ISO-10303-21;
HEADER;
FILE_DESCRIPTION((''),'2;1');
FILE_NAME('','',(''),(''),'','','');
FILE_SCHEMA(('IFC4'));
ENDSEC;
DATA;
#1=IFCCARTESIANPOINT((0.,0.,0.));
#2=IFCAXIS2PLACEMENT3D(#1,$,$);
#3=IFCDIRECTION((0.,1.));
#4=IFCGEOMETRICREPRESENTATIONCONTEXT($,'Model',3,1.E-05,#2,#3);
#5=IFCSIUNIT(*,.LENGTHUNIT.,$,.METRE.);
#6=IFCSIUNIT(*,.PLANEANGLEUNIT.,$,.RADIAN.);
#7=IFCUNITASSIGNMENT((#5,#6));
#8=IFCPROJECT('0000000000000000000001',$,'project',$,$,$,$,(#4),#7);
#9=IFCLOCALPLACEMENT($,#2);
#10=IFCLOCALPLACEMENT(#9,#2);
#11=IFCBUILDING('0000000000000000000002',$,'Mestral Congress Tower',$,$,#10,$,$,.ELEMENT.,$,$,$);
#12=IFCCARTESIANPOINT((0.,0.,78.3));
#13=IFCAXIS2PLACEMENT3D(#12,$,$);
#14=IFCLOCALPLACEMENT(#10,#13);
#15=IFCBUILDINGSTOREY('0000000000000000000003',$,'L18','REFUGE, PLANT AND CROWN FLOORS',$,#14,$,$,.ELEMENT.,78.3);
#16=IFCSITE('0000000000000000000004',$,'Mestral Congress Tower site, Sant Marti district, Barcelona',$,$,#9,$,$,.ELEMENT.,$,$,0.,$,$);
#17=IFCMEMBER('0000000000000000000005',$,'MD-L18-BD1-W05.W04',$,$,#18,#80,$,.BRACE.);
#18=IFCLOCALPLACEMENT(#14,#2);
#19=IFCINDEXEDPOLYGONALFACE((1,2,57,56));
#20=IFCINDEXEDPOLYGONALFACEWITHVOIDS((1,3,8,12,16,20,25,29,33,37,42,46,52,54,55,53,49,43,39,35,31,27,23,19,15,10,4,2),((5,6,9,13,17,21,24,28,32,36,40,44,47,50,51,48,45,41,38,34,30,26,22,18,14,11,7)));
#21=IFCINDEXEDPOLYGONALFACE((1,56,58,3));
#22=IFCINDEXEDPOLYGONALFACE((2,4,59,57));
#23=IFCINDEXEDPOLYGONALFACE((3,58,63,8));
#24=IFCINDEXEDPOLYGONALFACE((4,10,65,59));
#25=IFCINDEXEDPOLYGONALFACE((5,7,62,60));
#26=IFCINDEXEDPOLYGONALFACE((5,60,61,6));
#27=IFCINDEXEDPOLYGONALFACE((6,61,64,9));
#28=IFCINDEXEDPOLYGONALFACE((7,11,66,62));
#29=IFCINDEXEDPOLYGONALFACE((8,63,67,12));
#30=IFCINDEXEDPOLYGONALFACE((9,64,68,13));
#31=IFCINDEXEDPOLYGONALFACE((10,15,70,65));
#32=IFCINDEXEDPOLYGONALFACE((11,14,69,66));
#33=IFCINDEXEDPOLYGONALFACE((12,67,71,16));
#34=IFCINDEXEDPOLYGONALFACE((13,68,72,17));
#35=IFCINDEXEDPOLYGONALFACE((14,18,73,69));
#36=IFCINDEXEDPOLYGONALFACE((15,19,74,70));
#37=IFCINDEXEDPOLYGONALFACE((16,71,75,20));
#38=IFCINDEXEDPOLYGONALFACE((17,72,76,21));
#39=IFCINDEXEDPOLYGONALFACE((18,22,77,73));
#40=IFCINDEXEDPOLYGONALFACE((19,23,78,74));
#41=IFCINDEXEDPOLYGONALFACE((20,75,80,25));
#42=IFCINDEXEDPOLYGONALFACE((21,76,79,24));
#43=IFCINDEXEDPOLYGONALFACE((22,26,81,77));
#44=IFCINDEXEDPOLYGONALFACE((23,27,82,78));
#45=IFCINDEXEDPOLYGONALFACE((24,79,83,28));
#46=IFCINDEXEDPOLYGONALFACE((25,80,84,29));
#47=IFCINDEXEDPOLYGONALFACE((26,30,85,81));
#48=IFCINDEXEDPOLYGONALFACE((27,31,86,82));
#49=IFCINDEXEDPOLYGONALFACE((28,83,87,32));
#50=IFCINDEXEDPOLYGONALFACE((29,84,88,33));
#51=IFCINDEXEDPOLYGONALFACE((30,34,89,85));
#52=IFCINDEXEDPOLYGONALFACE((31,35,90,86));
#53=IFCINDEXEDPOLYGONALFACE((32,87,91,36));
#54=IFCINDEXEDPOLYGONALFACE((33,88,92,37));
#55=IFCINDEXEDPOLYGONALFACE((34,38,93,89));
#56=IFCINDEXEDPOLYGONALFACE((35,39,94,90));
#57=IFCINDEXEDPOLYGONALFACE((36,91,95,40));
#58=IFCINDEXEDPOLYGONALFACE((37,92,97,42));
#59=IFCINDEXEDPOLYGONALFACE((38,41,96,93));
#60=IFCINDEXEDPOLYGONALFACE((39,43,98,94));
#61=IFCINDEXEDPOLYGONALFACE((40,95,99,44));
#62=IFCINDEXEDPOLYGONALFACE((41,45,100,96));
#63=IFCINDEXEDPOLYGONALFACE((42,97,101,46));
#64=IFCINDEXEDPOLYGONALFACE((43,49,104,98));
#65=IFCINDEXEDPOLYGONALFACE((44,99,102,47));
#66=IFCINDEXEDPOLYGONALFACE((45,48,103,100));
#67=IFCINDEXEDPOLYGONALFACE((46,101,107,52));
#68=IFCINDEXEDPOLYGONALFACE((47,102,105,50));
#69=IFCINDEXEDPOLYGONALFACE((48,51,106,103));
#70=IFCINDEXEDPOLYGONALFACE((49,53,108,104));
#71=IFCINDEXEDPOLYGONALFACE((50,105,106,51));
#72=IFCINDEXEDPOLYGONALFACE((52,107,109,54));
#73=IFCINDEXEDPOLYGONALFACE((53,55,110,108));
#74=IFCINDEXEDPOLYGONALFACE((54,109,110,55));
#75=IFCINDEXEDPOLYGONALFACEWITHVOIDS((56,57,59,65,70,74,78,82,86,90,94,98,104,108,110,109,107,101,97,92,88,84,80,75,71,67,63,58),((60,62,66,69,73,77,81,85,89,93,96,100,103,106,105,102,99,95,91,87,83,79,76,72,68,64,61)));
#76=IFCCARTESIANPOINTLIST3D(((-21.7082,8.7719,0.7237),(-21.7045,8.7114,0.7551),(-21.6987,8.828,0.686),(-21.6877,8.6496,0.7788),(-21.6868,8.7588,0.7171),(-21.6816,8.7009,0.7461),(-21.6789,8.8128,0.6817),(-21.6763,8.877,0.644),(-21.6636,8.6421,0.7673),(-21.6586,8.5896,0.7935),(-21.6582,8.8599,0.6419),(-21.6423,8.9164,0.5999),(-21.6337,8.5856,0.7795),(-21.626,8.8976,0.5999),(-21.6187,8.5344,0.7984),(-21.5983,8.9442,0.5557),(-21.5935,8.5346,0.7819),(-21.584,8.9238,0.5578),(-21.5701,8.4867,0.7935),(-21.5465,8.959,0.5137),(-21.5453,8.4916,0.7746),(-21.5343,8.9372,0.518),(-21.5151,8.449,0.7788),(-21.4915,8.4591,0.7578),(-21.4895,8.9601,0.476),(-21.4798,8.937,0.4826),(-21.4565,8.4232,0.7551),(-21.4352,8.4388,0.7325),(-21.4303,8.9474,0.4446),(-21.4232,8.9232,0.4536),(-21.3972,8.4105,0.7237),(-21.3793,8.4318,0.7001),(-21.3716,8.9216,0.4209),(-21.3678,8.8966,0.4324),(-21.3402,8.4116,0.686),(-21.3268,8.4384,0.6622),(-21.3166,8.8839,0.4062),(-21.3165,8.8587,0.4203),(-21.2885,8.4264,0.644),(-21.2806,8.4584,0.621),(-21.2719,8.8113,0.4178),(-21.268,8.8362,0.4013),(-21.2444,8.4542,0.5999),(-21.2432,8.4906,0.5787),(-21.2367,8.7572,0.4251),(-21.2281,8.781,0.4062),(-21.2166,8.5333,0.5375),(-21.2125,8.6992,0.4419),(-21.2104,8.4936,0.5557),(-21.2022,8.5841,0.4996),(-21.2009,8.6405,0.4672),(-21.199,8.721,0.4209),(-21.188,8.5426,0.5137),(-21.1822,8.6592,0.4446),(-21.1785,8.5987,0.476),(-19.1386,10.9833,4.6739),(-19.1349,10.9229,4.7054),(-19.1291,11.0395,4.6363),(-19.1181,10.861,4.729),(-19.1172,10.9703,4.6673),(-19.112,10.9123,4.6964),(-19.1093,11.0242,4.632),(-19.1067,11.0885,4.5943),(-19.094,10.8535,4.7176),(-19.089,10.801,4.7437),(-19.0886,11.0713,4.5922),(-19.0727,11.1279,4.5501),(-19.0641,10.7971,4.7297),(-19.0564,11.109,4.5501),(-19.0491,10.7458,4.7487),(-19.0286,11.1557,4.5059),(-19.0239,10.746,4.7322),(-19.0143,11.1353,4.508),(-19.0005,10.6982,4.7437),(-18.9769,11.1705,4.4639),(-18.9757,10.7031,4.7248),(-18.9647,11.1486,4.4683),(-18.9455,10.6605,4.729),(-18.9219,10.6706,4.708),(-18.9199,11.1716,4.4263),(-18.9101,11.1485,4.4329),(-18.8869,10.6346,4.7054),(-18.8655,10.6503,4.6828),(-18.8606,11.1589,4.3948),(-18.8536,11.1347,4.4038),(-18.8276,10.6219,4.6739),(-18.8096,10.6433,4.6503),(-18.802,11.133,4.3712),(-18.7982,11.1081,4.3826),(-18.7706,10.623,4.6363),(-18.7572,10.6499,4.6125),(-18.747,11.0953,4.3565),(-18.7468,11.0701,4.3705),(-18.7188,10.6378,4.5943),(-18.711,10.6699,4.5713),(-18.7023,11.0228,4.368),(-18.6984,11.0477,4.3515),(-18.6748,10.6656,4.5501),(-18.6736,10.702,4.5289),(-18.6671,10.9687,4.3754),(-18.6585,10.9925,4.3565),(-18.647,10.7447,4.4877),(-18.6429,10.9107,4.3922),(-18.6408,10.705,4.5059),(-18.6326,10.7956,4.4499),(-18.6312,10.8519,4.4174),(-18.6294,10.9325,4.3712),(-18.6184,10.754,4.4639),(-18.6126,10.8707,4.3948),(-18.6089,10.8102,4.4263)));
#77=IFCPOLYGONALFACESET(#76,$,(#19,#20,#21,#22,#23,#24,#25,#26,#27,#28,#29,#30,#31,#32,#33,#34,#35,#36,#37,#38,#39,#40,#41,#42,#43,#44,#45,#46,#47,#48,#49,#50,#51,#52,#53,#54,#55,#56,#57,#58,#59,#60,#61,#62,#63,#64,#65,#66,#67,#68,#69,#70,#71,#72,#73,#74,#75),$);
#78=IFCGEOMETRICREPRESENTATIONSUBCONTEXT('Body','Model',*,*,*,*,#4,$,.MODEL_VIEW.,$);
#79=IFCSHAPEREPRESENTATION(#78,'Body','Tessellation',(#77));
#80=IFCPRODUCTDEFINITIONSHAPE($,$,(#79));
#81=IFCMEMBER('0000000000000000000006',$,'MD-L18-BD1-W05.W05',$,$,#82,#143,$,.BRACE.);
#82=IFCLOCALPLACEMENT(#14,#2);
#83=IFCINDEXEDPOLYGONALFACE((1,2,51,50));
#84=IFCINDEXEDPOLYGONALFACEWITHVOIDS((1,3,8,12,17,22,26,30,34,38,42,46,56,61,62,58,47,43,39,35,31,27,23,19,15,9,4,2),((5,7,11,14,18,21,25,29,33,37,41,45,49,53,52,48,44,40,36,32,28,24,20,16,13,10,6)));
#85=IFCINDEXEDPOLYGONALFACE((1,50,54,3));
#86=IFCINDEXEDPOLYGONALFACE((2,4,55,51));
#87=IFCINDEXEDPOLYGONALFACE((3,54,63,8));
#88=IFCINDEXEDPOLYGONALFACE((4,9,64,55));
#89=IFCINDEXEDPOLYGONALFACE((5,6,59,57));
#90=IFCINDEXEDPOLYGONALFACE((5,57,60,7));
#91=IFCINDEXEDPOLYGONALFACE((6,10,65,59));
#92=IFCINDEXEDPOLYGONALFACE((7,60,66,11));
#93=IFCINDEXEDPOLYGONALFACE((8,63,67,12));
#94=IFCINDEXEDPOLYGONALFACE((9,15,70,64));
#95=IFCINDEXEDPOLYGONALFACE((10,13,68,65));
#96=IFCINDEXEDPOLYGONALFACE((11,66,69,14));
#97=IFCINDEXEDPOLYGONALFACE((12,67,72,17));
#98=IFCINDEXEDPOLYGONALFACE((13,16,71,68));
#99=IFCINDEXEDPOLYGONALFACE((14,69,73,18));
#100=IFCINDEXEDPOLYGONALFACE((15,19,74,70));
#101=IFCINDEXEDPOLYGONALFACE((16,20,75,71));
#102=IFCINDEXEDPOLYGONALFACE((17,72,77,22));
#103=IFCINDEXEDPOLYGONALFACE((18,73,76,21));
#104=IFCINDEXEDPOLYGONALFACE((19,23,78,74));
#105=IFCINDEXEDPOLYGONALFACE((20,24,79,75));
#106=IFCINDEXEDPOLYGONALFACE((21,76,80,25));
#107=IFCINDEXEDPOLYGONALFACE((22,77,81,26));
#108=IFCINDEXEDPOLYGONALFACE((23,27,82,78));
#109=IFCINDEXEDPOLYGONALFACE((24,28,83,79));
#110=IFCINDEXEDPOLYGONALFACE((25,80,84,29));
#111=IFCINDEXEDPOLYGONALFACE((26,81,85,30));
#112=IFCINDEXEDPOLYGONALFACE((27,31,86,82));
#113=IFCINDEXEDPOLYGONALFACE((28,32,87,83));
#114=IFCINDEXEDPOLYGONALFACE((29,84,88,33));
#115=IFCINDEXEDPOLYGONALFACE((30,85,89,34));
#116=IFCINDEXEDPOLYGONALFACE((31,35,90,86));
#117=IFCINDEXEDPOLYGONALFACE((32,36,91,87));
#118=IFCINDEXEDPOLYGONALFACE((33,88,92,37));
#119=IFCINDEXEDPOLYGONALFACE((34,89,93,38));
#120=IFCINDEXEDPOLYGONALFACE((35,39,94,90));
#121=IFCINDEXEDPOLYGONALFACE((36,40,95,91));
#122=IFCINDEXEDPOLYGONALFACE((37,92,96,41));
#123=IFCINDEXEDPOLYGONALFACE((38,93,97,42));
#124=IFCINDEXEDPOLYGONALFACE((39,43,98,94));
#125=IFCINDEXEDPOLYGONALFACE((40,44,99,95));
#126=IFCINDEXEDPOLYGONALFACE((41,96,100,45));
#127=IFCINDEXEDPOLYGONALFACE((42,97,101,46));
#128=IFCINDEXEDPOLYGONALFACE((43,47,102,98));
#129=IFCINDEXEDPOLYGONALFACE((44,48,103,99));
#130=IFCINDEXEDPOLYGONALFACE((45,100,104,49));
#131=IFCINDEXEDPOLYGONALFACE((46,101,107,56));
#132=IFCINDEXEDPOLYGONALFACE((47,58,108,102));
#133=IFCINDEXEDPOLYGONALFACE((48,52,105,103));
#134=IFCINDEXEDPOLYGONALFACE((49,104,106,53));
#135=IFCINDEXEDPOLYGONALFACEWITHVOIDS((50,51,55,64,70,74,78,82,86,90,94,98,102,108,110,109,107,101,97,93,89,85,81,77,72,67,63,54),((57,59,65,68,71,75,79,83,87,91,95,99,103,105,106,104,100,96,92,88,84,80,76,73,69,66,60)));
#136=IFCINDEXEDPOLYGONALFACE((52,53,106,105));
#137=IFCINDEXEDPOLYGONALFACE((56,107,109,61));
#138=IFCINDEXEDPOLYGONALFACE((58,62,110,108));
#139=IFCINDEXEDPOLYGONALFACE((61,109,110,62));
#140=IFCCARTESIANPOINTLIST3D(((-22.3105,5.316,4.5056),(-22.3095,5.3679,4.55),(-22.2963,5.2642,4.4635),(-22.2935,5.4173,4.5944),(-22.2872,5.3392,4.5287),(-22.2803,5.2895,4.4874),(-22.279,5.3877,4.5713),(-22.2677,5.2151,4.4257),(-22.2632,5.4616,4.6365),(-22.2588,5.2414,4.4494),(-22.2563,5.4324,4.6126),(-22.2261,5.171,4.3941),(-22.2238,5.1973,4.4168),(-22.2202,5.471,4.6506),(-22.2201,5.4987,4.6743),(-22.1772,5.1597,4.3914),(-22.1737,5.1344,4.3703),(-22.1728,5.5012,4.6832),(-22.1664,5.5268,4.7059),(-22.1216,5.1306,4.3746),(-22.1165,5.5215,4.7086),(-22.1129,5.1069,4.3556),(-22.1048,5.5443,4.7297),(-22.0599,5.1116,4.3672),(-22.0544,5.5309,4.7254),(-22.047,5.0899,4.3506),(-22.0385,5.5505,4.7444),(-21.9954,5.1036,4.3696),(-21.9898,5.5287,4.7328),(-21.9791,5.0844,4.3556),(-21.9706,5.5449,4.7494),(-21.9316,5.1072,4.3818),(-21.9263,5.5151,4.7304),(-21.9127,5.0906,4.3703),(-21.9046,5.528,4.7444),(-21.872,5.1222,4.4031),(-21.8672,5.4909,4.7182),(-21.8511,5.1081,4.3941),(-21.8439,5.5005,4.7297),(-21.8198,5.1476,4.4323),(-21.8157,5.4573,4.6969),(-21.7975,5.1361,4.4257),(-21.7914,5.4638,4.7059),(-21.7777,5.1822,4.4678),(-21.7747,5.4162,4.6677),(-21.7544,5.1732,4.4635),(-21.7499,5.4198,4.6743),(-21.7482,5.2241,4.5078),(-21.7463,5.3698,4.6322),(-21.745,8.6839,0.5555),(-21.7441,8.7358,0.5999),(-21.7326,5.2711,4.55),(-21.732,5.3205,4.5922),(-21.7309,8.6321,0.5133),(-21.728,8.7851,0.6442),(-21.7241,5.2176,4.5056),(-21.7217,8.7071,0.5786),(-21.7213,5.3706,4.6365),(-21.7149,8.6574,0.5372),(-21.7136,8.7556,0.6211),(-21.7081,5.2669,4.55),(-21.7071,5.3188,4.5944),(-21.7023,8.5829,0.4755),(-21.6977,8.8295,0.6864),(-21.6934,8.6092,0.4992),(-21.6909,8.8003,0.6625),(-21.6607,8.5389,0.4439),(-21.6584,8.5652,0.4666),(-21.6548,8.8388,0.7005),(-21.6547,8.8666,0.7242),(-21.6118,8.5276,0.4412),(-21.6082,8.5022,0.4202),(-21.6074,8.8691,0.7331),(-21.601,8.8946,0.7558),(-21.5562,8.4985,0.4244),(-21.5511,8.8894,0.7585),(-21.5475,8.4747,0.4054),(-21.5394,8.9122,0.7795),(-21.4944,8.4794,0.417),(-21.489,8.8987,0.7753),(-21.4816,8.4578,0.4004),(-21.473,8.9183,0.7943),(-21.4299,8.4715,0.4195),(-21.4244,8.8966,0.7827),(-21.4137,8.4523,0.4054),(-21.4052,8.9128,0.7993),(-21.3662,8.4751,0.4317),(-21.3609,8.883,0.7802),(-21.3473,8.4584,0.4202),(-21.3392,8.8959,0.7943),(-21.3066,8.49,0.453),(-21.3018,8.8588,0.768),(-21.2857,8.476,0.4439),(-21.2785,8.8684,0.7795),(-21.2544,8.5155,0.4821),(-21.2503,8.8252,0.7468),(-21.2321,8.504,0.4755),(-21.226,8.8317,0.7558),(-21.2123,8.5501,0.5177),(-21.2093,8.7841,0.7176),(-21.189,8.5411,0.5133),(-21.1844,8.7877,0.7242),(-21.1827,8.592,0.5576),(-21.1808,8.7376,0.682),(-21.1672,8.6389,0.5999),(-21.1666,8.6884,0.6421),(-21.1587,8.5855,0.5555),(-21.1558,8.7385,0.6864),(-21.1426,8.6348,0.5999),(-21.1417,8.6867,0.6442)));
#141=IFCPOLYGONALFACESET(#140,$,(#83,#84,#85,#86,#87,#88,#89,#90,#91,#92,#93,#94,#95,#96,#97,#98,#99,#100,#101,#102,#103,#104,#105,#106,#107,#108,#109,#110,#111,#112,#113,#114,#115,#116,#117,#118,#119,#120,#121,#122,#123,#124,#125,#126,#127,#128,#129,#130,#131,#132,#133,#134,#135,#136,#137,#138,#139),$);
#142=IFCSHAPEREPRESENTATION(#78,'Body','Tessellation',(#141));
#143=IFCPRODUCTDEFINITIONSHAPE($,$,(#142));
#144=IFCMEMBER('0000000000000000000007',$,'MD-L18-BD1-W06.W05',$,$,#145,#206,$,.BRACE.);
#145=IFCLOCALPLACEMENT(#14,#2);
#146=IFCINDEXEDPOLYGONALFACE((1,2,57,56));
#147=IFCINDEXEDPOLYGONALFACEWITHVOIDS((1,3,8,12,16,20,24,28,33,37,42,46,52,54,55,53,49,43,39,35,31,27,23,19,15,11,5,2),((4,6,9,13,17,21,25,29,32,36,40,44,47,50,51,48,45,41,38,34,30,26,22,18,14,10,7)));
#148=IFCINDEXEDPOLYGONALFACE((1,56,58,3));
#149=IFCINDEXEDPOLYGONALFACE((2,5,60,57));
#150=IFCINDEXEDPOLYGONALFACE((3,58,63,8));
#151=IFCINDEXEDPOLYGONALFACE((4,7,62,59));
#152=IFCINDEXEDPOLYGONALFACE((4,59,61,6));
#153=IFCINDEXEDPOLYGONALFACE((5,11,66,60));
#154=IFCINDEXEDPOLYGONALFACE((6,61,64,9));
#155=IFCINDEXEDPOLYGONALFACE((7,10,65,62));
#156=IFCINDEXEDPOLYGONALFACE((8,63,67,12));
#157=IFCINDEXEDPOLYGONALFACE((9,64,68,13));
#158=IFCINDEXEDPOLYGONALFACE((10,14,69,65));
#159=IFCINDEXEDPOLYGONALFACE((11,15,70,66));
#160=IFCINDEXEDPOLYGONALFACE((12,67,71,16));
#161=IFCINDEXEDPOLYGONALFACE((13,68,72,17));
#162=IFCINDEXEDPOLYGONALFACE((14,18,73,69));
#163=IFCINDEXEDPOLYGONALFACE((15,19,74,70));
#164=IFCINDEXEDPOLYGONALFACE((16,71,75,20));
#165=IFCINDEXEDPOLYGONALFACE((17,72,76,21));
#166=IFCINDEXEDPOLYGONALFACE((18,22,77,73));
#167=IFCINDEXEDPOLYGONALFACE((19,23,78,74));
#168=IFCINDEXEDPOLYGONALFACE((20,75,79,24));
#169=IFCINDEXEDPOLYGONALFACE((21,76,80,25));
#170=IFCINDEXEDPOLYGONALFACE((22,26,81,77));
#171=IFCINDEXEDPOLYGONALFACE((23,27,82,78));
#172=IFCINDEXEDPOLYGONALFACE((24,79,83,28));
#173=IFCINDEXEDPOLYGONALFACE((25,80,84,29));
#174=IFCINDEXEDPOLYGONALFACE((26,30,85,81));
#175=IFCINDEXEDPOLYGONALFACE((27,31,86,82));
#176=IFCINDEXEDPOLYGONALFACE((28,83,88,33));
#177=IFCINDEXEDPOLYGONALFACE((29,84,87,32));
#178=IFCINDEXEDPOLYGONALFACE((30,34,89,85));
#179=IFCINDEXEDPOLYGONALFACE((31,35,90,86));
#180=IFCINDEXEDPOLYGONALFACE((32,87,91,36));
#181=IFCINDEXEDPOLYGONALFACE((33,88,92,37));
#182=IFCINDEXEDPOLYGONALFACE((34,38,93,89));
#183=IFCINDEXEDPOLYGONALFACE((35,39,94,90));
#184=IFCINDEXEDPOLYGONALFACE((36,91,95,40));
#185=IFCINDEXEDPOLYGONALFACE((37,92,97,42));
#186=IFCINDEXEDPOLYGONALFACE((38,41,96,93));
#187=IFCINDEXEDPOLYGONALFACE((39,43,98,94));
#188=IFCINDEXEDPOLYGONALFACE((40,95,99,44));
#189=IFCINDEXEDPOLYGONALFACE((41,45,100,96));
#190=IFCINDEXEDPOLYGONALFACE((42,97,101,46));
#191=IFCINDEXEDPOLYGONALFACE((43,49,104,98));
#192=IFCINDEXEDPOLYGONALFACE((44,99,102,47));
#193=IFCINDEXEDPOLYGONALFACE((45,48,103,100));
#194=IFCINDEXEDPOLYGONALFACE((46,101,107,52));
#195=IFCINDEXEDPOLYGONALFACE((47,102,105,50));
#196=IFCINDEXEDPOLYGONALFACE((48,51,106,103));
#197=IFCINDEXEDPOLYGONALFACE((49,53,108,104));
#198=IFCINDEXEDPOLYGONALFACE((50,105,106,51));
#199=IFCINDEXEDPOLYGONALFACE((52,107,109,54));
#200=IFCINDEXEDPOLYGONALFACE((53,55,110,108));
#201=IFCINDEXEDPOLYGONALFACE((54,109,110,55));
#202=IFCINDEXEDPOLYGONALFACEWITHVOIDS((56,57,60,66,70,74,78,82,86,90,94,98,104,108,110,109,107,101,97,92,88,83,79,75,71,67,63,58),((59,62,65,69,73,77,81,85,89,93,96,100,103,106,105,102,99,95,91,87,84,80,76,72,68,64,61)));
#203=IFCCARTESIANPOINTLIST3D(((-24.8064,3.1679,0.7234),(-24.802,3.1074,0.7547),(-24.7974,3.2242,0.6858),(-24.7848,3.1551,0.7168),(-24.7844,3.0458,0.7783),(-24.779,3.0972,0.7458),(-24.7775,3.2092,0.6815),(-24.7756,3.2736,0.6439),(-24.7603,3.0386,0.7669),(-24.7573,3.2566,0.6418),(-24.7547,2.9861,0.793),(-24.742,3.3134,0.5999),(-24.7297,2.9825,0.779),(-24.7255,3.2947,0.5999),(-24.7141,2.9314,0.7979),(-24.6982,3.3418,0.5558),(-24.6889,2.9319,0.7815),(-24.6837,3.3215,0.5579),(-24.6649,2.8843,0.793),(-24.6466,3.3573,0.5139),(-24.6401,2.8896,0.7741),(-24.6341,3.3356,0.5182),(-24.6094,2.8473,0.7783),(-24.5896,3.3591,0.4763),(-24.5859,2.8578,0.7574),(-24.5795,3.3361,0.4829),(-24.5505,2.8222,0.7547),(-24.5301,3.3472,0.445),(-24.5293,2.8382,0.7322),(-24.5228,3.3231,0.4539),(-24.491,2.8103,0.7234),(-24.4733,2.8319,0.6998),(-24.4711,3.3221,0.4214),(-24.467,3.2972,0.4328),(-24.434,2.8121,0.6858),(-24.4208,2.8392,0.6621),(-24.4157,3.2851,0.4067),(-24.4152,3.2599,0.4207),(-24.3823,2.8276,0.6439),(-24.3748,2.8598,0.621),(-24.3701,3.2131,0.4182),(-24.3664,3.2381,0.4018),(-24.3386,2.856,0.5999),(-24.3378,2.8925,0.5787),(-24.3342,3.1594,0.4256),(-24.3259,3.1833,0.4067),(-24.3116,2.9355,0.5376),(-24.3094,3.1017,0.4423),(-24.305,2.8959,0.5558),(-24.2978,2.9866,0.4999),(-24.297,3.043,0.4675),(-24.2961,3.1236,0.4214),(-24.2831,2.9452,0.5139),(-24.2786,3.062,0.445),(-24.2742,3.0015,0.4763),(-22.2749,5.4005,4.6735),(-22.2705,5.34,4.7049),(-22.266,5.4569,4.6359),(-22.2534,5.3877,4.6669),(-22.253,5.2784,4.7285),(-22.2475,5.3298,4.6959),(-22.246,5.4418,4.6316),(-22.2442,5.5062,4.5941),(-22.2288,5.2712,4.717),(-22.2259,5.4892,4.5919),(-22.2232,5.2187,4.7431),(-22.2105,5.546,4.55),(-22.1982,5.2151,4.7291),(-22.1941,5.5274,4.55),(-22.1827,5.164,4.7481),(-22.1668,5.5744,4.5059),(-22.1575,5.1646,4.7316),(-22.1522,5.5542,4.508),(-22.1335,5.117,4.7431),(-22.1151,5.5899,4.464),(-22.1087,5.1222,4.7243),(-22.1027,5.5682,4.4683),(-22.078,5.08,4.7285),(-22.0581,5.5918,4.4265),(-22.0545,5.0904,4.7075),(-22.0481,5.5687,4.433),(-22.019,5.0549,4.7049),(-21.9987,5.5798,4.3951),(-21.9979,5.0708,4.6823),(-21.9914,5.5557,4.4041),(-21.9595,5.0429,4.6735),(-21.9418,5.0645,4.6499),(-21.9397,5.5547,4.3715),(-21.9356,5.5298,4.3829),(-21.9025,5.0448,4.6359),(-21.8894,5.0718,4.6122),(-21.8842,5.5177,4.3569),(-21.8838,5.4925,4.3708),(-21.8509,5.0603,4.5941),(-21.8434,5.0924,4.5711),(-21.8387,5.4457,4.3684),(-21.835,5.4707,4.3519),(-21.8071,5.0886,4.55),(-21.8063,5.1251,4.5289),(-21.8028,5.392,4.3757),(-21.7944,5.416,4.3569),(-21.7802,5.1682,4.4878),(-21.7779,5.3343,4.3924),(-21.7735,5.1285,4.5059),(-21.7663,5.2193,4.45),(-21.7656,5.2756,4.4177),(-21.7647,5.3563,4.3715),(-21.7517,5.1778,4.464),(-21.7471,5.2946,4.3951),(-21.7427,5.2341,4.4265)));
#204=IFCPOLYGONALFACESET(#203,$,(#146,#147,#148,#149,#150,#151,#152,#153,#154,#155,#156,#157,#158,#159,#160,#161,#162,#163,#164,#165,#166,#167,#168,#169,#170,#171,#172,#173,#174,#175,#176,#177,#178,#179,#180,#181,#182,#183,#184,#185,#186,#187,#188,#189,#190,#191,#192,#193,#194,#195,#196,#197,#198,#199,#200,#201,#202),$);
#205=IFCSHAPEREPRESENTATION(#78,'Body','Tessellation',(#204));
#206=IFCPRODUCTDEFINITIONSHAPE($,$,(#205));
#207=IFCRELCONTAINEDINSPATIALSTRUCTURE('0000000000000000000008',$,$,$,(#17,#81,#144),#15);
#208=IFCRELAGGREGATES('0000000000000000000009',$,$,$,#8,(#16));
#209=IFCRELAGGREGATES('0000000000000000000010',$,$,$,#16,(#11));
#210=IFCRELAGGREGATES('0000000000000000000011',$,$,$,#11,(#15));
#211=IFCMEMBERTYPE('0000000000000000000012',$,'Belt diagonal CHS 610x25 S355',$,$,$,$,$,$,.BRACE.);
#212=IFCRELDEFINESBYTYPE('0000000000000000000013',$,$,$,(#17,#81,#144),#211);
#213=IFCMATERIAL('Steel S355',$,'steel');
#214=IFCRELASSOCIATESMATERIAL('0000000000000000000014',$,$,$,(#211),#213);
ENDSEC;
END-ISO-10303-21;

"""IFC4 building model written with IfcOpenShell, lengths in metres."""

from ifc_helpers import new_model, si_unit, direction, frame, origin, origin_2d, place, context, subcontext, project, spatial, hollow_circle, extrude, material, material_profile, profile_set, type_object, element, save


model = new_model("IFC4")

# Units and contexts
model_context = context("Model", 3, precision=1e-05, world=origin(), true_north=direction((0.0, 1.0)))
body_context = subcontext(model_context, "Body", "Model", "MODEL_VIEW")
ifc_project = project(units=[si_unit("LENGTHUNIT", "METRE"), si_unit("PLANEANGLEUNIT", "RADIAN")], contexts=[model_context])

# Site, building, storey
site_placement = place(None, origin())
site = spatial("IfcSite", under=ifc_project, at=site_placement, Name="Mestral Congress Tower site, Sant Marti district, Barcelona", CompositionType="ELEMENT", RefElevation=0.0)
building_placement = place(site_placement, origin())
building = spatial("IfcBuilding", under=site, at=building_placement, Name="Mestral Congress Tower", CompositionType="ELEMENT")
storey_placement = place(building_placement, frame((0.0, 0.0, 78.3)))
storey = spatial("IfcBuildingStorey", under=building, at=storey_placement, Name="L18", Description="REFUGE, PLANT AND CROWN FLOORS", CompositionType="ELEMENT", Elevation=78.3)

# Members
ifc_material_1 = material(Name="Steel S355", Category="steel")
ifc_material_profile_1 = material_profile(ifc_material_1, hollow_circle(Radius=0.3049, WallThickness=0.0249, at=origin_2d()), Name="CHS 610x25")
ifc_profile_set_1 = profile_set([ifc_material_profile_1], Name="Steel S355")
member_type_1 = type_object("IfcMemberType", Name="Belt diagonal CHS 610x25 S355", PredefinedType="BRACE", material=ifc_profile_set_1)
member_1_placement = place(storey_placement, frame((-21.4434, 8.6853, 0.5999), z_axis=(0.493628, 0.424825, 0.758851), x_axis=(-0.652308, 0.757954, 0.0)))
element("IfcMember", 1, at=member_1_placement, inside=storey, type_object=member_type_1, Name="MD-L18-BD1-W05.W04", PredefinedType="BRACE", context=body_context, shape_type="SweptSolid", body=[
    extrude(hollow_circle(Radius=0.3049, WallThickness=0.0249, at=origin_2d()), origin(), (0.0, 0.0, 1.0), 5.2056),
])
member_2_placement = place(storey_placement, frame((-21.4434, 8.6853, 0.5999), z_axis=(-0.108284, -0.64498, 0.756489), x_axis=(0.986198, -0.16557, 0.0)))
element("IfcMember", 2, at=member_2_placement, inside=storey, type_object=member_type_1, Name="MD-L18-BD1-W05.W05", PredefinedType="BRACE", context=body_context, shape_type="SweptSolid", body=[
    extrude(hollow_circle(Radius=0.3049, WallThickness=0.0249, at=origin_2d()), origin(), (0.0, 0.0, 1.0), 5.2217),
])
member_3_placement = place(storey_placement, frame((-24.5403, 3.0847, 0.5999), z_axis=(0.487211, 0.429698, 0.760253), x_axis=(-0.661454, 0.749986, 0.0)))
element("IfcMember", 3, at=member_3_placement, inside=storey, type_object=member_type_1, Name="MD-L18-BD1-W06.W05", PredefinedType="BRACE", context=body_context, shape_type="SweptSolid", body=[
    extrude(hollow_circle(Radius=0.3049, WallThickness=0.0249, at=origin_2d()), origin(), (0.0, 0.0, 1.0), 5.1958),
])

save(model, "model.ifc")
